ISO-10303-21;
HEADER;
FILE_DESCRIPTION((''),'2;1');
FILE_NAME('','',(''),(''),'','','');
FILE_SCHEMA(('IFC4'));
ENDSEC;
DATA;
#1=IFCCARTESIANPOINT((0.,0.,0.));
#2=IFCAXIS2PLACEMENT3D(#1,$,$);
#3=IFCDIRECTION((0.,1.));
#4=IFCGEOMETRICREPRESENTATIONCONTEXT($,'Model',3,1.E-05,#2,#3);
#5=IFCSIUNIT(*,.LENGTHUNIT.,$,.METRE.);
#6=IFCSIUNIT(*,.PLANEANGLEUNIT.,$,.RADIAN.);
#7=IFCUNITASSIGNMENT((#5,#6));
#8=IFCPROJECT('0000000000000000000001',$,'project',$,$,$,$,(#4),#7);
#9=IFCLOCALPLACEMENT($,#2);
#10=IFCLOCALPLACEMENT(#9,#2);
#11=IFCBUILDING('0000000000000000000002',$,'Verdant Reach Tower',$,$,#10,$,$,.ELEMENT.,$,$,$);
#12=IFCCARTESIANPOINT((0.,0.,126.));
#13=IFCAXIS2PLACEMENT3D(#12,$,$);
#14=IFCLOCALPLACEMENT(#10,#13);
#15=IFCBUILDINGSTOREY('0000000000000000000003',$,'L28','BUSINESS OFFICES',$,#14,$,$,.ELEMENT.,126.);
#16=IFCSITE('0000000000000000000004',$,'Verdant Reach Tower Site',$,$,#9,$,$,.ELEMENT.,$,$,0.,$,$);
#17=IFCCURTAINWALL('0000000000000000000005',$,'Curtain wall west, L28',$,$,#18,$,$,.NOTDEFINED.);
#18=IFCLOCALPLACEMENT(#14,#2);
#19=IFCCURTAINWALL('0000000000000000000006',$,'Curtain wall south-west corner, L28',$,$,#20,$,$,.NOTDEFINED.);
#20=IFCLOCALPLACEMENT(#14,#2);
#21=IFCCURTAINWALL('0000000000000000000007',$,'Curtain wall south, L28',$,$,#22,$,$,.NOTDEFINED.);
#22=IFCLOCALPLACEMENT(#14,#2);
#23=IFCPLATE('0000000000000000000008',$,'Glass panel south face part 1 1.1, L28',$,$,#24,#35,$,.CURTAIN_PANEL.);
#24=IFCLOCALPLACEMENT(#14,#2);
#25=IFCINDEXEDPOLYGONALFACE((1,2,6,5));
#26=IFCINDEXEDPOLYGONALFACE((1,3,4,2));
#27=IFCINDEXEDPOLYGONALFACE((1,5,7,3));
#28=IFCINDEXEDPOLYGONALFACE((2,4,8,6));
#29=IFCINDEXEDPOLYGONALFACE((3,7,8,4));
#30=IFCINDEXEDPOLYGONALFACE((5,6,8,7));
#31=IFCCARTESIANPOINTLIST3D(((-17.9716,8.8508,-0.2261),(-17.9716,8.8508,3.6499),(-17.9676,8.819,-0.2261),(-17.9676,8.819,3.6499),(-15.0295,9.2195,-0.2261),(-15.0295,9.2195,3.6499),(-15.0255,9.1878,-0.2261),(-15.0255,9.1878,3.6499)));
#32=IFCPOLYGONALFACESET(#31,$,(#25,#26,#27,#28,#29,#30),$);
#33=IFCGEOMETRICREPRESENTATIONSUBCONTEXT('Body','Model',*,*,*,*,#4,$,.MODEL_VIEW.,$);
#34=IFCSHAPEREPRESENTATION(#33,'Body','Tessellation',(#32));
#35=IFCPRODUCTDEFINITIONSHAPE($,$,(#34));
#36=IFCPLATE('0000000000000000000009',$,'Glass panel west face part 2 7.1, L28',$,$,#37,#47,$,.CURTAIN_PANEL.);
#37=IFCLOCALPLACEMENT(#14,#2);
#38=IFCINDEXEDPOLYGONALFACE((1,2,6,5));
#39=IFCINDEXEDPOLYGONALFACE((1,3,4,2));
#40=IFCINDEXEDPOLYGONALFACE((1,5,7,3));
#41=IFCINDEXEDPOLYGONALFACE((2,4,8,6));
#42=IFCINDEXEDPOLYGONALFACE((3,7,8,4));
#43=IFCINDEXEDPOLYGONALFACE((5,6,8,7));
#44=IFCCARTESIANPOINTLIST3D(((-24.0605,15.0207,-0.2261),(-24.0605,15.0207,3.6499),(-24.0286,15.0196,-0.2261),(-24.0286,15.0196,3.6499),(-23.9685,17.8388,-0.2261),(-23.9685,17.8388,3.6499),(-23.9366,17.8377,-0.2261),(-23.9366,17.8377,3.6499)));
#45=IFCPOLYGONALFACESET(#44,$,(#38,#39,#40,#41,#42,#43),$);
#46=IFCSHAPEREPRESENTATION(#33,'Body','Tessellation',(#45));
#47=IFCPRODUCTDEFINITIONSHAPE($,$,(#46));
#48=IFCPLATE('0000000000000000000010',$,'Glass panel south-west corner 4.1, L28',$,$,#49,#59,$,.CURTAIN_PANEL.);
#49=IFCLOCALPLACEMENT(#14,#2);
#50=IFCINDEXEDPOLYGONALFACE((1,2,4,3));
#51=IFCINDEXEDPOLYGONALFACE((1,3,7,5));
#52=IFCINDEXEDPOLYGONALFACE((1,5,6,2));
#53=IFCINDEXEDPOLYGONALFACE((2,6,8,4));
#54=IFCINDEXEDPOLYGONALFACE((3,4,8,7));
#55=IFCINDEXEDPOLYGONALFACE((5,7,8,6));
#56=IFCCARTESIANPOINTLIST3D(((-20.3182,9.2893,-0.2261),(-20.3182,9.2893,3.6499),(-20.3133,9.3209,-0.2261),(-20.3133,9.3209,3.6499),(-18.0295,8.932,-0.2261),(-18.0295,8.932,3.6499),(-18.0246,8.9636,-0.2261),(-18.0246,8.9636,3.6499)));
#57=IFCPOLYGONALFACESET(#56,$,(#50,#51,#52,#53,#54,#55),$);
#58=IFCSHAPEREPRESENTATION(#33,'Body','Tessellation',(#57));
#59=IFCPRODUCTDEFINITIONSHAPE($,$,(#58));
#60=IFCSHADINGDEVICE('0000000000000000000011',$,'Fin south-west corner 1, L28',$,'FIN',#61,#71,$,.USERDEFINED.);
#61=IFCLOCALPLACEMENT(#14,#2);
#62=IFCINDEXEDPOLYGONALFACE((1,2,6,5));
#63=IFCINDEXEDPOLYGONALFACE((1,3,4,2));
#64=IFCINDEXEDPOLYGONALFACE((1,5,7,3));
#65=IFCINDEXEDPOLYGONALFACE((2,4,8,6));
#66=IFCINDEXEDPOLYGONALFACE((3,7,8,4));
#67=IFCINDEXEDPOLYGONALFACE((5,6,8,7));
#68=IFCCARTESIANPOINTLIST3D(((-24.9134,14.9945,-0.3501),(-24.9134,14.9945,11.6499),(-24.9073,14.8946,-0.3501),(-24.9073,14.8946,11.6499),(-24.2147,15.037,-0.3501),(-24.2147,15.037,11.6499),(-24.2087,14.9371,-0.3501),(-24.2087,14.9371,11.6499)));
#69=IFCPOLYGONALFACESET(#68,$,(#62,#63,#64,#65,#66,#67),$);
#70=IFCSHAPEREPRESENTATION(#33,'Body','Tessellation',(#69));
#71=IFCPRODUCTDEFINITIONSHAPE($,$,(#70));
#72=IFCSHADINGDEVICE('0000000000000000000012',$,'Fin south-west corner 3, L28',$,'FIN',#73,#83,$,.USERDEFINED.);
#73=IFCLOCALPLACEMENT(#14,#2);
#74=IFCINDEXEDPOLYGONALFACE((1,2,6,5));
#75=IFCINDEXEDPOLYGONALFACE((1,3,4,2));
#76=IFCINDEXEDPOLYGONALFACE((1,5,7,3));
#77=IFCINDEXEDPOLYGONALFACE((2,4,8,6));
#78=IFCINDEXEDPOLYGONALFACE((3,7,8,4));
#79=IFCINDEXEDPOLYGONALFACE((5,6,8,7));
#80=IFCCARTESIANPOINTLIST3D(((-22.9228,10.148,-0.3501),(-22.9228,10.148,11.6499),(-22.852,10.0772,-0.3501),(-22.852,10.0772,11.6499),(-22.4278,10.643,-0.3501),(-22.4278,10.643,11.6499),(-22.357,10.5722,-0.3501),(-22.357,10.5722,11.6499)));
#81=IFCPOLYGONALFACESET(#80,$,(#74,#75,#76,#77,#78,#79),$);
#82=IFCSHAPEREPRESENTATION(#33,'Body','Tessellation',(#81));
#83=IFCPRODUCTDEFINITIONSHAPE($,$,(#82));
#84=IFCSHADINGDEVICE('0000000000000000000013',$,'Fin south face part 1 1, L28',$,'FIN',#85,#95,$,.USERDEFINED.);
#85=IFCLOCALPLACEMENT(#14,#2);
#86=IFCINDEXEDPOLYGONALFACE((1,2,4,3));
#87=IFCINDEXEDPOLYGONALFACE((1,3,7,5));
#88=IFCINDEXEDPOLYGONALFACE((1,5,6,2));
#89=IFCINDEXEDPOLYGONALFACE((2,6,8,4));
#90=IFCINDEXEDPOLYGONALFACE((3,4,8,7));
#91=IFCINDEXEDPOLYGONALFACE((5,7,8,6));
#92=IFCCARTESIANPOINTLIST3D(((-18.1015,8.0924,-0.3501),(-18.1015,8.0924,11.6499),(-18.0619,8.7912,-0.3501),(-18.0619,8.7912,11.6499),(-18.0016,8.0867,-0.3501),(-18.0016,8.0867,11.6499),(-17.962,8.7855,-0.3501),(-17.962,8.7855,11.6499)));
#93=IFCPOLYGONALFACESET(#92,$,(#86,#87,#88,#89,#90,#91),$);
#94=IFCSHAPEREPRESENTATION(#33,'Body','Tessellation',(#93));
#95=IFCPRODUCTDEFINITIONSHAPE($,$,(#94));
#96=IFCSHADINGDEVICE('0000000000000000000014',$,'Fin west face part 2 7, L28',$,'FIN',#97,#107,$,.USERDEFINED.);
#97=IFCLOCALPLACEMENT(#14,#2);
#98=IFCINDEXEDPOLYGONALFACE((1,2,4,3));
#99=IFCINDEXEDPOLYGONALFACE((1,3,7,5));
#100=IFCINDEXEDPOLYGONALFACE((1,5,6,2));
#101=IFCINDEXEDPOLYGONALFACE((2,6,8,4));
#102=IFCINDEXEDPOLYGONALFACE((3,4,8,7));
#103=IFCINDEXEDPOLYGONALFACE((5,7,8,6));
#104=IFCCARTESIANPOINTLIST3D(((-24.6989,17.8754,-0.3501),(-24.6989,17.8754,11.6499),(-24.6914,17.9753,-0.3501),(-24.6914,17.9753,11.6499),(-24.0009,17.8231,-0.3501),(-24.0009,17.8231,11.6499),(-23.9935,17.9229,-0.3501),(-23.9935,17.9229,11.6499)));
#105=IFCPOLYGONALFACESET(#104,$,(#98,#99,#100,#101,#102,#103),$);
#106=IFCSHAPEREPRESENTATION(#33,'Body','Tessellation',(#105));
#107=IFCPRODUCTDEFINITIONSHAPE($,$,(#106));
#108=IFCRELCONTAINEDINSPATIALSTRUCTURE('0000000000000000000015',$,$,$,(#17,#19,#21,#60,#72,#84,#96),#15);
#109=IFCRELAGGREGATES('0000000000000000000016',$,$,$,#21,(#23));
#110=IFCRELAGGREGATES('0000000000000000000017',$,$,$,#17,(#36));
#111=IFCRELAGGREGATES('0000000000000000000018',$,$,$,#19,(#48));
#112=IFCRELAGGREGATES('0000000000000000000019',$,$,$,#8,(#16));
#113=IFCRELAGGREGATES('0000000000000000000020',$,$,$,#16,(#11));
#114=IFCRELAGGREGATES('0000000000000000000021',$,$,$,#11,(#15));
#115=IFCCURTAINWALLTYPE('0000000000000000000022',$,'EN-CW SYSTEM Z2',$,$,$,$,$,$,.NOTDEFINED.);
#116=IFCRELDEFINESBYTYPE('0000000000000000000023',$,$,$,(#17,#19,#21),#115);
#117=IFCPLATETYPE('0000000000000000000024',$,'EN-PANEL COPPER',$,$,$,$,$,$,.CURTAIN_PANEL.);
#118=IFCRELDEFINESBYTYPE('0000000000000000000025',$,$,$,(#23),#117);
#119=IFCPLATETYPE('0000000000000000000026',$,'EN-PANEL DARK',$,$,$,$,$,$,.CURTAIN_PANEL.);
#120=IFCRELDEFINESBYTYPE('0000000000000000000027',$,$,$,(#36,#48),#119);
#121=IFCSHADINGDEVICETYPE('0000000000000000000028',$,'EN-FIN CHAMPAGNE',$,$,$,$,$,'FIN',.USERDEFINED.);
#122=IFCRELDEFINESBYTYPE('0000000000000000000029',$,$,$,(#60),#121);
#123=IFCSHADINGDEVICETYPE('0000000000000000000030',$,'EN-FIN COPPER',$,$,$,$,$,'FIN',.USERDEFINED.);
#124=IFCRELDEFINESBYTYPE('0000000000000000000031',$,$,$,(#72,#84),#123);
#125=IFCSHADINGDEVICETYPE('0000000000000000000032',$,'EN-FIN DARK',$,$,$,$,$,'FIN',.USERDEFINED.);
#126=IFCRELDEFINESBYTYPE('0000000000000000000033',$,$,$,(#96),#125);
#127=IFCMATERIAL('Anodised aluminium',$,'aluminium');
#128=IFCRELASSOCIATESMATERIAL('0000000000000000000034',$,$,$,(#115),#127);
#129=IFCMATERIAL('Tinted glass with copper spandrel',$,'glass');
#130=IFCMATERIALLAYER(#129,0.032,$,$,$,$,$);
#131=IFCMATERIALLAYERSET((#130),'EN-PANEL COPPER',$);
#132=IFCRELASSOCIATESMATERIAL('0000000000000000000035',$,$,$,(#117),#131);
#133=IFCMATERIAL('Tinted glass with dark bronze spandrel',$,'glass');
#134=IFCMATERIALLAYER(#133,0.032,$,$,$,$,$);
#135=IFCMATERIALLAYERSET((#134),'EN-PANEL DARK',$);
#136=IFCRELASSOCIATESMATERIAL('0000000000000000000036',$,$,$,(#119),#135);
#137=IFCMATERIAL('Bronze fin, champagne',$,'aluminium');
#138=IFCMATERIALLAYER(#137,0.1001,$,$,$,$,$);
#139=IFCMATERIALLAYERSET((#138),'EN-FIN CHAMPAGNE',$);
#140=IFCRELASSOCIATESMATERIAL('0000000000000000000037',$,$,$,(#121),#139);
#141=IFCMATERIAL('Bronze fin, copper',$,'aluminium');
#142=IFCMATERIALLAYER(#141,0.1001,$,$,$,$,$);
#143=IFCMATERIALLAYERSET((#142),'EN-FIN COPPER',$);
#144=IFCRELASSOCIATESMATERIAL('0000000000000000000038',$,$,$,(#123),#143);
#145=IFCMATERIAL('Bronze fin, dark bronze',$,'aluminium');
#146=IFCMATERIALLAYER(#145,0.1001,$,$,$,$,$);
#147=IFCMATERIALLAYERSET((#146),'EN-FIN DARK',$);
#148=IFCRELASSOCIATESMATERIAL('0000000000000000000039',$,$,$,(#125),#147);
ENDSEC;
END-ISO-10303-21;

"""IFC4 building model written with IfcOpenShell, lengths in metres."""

from ifc_helpers import new_model, si_unit, direction, frame, origin, origin_2d, place, context, subcontext, project, spatial, rectangle, extrude, material, layer, layer_set, type_object, element, aggregate, save


model = new_model("IFC4")

# Units and contexts
model_context = context("Model", 3, precision=1e-05, world=origin(), true_north=direction((0.0, 1.0)))
body_context = subcontext(model_context, "Body", "Model", "MODEL_VIEW")
ifc_project = project(units=[si_unit("LENGTHUNIT", "METRE"), si_unit("PLANEANGLEUNIT", "RADIAN")], contexts=[model_context])

# Site, building, storey
site_placement = place(None, origin())
site = spatial("IfcSite", under=ifc_project, at=site_placement, Name="Verdant Reach Tower Site", CompositionType="ELEMENT", RefElevation=0.0)
building_placement = place(site_placement, origin())
building = spatial("IfcBuilding", under=site, at=building_placement, Name="Verdant Reach Tower", CompositionType="ELEMENT")
storey_placement = place(building_placement, frame((0.0, 0.0, 126.0)))
storey = spatial("IfcBuildingStorey", under=building, at=storey_placement, Name="L28", Description="BUSINESS OFFICES", CompositionType="ELEMENT", Elevation=126.0)

# Curtain wall
ifc_material_1 = material(Name="Anodised aluminium", Category="aluminium")
curtain_wall_type = type_object("IfcCurtainWallType", Name="EN-CW SYSTEM Z2", PredefinedType="NOTDEFINED", material=ifc_material_1)
curtain_wall_1_placement = place(storey_placement, origin())
curtain_wall_1 = element("IfcCurtainWall", 1, at=curtain_wall_1_placement, inside=storey, type_object=curtain_wall_type, Name="Curtain wall west, L28", PredefinedType="NOTDEFINED")

# Curtain walls
curtain_wall_2_placement = place(storey_placement, origin())
curtain_wall_2 = element("IfcCurtainWall", 2, at=curtain_wall_2_placement, inside=storey, type_object=curtain_wall_type, Name="Curtain wall south-west corner, L28", PredefinedType="NOTDEFINED")
curtain_wall_3_placement = place(storey_placement, origin())
curtain_wall_3 = element("IfcCurtainWall", 3, at=curtain_wall_3_placement, inside=storey, type_object=curtain_wall_type, Name="Curtain wall south, L28", PredefinedType="NOTDEFINED")

# Plates
ifc_material_2 = material(Name="Tinted glass with copper spandrel", Category="glass")
ifc_layer_1 = layer(ifc_material_2, 0.032)
ifc_layer_set_1 = layer_set([ifc_layer_1], Name="EN-PANEL COPPER")
plate_type_1 = type_object("IfcPlateType", Name="EN-PANEL COPPER", PredefinedType="CURTAIN_PANEL", material=ifc_layer_set_1)
plate_1_placement = place(storey_placement, frame((-16.4985, 9.0193, -0.2261), z_axis=(0.0, 0.0, 1.0), x_axis=(0.992237, 0.124365, 0.0)))
plate_1 = element("IfcPlate", 4, at=plate_1_placement, type_object=plate_type_1, Name="Glass panel south face part 1 1.1, L28", PredefinedType="CURTAIN_PANEL", context=body_context, shape_type="SweptSolid", body=[
    extrude(rectangle(XDim=2.9651, YDim=0.032, at=origin_2d()), origin(), (0.0, 0.0, 1.0), 3.876),
])
aggregate(curtain_wall_3, [plate_1])
ifc_material_3 = material(Name="Tinted glass with dark bronze spandrel", Category="glass")
ifc_layer_2 = layer(ifc_material_3, 0.032)
ifc_layer_set_2 = layer_set([ifc_layer_2], Name="EN-PANEL DARK")
plate_type_2 = type_object("IfcPlateType", Name="EN-PANEL DARK", PredefinedType="CURTAIN_PANEL", material=ifc_layer_set_2)
plate_2_placement = place(storey_placement, frame((-23.9985, 16.4292, -0.2261), z_axis=(0.0, 0.0, 1.0), x_axis=(-0.032628, -0.999468, 0.0)))
plate_2 = element("IfcPlate", 5, at=plate_2_placement, type_object=plate_type_2, Name="Glass panel west face part 2 7.1, L28", PredefinedType="CURTAIN_PANEL", context=body_context, shape_type="SweptSolid", body=[
    extrude(rectangle(XDim=2.8196, YDim=0.032, at=origin_2d()), origin(), (0.0, 0.0, 1.0), 3.876),
])
aggregate(curtain_wall_1, [plate_2])
plate_3_placement = place(storey_placement, frame((-19.1714, 9.1265, -0.2261), z_axis=(0.0, 0.0, 1.0), x_axis=(0.988031, -0.154256, 0.0)))
plate_3 = element("IfcPlate", 6, at=plate_3_placement, type_object=plate_type_2, Name="Glass panel south-west corner 4.1, L28", PredefinedType="CURTAIN_PANEL", context=body_context, shape_type="SweptSolid", body=[
    extrude(rectangle(XDim=2.3164, YDim=0.032, at=origin_2d()), origin(), (0.0, 0.0, 1.0), 3.876),
])
aggregate(curtain_wall_2, [plate_3])

# Shading devices
ifc_material_4 = material(Name="Bronze fin, champagne", Category="aluminium")
ifc_layer_3 = layer(ifc_material_4, 0.1001)
ifc_layer_set_3 = layer_set([ifc_layer_3], Name="EN-FIN CHAMPAGNE")
shading_device_type_1 = type_object("IfcShadingDeviceType", Name="EN-FIN CHAMPAGNE", ElementType="FIN", PredefinedType="USERDEFINED", material=ifc_layer_set_3)
shading_device_1_placement = place(storey_placement, frame((-24.561, 14.9658, -0.3501), z_axis=(0.0, 0.0, 1.0), x_axis=(0.060703, -0.998156, 0.0)))
element("IfcShadingDevice", 7, at=shading_device_1_placement, inside=storey, type_object=shading_device_type_1, Name="Fin south-west corner 1, L28", ObjectType="FIN", PredefinedType="USERDEFINED", context=body_context, shape_type="SweptSolid", body=[
    extrude(rectangle(XDim=0.1001, YDim=0.7, at=origin_2d()), origin(), (0.0, 0.0, 1.0), 12.0),
])
ifc_material_5 = material(Name="Bronze fin, copper", Category="aluminium")
ifc_layer_4 = layer(ifc_material_5, 0.1001)
ifc_layer_set_4 = layer_set([ifc_layer_4], Name="EN-FIN COPPER")
shading_device_type_2 = type_object("IfcShadingDeviceType", Name="EN-FIN COPPER", ElementType="FIN", PredefinedType="USERDEFINED", material=ifc_layer_set_4)
for number, where, z_axis, x_axis, name in (
    (8, (-22.6399, 10.3601, -0.3501), (0.0, 0.0, 1.0), (0.707107, -0.707107, 0.0), "Fin south-west corner 3, L28"),
    (9, (-18.0317, 8.439, -0.3501), (0.0, 0.0, 1.0), (0.998399, -0.056569, 0.0), "Fin south face part 1 1, L28"),
):
    element("IfcShadingDevice", number, at=place(storey_placement, frame(where, z_axis=z_axis, x_axis=x_axis)), inside=storey, type_object=shading_device_type_2, Name=name, ObjectType="FIN", PredefinedType="USERDEFINED", context=body_context, shape_type="SweptSolid", body=[
        extrude(rectangle(XDim=0.1001, YDim=0.7, at=origin_2d()), origin(), (0.0, 0.0, 1.0), 12.0),
    ])
ifc_material_6 = material(Name="Bronze fin, dark bronze", Category="aluminium")
ifc_layer_5 = layer(ifc_material_6, 0.1001)
ifc_layer_set_5 = layer_set([ifc_layer_5], Name="EN-FIN DARK")
shading_device_type_3 = type_object("IfcShadingDeviceType", Name="EN-FIN DARK", ElementType="FIN", PredefinedType="USERDEFINED", material=ifc_layer_set_5)
shading_device_2_placement = place(storey_placement, frame((-24.3462, 17.8992, -0.3501), z_axis=(0.0, 0.0, 1.0), x_axis=(-0.07479, -0.997199, 0.0)))
element("IfcShadingDevice", 10, at=shading_device_2_placement, inside=storey, type_object=shading_device_type_3, Name="Fin west face part 2 7, L28", ObjectType="FIN", PredefinedType="USERDEFINED", context=body_context, shape_type="SweptSolid", body=[
    extrude(rectangle(XDim=0.1001, YDim=0.7, at=origin_2d()), origin(), (0.0, 0.0, 1.0), 12.0),
])

save(model, "model.ifc")
